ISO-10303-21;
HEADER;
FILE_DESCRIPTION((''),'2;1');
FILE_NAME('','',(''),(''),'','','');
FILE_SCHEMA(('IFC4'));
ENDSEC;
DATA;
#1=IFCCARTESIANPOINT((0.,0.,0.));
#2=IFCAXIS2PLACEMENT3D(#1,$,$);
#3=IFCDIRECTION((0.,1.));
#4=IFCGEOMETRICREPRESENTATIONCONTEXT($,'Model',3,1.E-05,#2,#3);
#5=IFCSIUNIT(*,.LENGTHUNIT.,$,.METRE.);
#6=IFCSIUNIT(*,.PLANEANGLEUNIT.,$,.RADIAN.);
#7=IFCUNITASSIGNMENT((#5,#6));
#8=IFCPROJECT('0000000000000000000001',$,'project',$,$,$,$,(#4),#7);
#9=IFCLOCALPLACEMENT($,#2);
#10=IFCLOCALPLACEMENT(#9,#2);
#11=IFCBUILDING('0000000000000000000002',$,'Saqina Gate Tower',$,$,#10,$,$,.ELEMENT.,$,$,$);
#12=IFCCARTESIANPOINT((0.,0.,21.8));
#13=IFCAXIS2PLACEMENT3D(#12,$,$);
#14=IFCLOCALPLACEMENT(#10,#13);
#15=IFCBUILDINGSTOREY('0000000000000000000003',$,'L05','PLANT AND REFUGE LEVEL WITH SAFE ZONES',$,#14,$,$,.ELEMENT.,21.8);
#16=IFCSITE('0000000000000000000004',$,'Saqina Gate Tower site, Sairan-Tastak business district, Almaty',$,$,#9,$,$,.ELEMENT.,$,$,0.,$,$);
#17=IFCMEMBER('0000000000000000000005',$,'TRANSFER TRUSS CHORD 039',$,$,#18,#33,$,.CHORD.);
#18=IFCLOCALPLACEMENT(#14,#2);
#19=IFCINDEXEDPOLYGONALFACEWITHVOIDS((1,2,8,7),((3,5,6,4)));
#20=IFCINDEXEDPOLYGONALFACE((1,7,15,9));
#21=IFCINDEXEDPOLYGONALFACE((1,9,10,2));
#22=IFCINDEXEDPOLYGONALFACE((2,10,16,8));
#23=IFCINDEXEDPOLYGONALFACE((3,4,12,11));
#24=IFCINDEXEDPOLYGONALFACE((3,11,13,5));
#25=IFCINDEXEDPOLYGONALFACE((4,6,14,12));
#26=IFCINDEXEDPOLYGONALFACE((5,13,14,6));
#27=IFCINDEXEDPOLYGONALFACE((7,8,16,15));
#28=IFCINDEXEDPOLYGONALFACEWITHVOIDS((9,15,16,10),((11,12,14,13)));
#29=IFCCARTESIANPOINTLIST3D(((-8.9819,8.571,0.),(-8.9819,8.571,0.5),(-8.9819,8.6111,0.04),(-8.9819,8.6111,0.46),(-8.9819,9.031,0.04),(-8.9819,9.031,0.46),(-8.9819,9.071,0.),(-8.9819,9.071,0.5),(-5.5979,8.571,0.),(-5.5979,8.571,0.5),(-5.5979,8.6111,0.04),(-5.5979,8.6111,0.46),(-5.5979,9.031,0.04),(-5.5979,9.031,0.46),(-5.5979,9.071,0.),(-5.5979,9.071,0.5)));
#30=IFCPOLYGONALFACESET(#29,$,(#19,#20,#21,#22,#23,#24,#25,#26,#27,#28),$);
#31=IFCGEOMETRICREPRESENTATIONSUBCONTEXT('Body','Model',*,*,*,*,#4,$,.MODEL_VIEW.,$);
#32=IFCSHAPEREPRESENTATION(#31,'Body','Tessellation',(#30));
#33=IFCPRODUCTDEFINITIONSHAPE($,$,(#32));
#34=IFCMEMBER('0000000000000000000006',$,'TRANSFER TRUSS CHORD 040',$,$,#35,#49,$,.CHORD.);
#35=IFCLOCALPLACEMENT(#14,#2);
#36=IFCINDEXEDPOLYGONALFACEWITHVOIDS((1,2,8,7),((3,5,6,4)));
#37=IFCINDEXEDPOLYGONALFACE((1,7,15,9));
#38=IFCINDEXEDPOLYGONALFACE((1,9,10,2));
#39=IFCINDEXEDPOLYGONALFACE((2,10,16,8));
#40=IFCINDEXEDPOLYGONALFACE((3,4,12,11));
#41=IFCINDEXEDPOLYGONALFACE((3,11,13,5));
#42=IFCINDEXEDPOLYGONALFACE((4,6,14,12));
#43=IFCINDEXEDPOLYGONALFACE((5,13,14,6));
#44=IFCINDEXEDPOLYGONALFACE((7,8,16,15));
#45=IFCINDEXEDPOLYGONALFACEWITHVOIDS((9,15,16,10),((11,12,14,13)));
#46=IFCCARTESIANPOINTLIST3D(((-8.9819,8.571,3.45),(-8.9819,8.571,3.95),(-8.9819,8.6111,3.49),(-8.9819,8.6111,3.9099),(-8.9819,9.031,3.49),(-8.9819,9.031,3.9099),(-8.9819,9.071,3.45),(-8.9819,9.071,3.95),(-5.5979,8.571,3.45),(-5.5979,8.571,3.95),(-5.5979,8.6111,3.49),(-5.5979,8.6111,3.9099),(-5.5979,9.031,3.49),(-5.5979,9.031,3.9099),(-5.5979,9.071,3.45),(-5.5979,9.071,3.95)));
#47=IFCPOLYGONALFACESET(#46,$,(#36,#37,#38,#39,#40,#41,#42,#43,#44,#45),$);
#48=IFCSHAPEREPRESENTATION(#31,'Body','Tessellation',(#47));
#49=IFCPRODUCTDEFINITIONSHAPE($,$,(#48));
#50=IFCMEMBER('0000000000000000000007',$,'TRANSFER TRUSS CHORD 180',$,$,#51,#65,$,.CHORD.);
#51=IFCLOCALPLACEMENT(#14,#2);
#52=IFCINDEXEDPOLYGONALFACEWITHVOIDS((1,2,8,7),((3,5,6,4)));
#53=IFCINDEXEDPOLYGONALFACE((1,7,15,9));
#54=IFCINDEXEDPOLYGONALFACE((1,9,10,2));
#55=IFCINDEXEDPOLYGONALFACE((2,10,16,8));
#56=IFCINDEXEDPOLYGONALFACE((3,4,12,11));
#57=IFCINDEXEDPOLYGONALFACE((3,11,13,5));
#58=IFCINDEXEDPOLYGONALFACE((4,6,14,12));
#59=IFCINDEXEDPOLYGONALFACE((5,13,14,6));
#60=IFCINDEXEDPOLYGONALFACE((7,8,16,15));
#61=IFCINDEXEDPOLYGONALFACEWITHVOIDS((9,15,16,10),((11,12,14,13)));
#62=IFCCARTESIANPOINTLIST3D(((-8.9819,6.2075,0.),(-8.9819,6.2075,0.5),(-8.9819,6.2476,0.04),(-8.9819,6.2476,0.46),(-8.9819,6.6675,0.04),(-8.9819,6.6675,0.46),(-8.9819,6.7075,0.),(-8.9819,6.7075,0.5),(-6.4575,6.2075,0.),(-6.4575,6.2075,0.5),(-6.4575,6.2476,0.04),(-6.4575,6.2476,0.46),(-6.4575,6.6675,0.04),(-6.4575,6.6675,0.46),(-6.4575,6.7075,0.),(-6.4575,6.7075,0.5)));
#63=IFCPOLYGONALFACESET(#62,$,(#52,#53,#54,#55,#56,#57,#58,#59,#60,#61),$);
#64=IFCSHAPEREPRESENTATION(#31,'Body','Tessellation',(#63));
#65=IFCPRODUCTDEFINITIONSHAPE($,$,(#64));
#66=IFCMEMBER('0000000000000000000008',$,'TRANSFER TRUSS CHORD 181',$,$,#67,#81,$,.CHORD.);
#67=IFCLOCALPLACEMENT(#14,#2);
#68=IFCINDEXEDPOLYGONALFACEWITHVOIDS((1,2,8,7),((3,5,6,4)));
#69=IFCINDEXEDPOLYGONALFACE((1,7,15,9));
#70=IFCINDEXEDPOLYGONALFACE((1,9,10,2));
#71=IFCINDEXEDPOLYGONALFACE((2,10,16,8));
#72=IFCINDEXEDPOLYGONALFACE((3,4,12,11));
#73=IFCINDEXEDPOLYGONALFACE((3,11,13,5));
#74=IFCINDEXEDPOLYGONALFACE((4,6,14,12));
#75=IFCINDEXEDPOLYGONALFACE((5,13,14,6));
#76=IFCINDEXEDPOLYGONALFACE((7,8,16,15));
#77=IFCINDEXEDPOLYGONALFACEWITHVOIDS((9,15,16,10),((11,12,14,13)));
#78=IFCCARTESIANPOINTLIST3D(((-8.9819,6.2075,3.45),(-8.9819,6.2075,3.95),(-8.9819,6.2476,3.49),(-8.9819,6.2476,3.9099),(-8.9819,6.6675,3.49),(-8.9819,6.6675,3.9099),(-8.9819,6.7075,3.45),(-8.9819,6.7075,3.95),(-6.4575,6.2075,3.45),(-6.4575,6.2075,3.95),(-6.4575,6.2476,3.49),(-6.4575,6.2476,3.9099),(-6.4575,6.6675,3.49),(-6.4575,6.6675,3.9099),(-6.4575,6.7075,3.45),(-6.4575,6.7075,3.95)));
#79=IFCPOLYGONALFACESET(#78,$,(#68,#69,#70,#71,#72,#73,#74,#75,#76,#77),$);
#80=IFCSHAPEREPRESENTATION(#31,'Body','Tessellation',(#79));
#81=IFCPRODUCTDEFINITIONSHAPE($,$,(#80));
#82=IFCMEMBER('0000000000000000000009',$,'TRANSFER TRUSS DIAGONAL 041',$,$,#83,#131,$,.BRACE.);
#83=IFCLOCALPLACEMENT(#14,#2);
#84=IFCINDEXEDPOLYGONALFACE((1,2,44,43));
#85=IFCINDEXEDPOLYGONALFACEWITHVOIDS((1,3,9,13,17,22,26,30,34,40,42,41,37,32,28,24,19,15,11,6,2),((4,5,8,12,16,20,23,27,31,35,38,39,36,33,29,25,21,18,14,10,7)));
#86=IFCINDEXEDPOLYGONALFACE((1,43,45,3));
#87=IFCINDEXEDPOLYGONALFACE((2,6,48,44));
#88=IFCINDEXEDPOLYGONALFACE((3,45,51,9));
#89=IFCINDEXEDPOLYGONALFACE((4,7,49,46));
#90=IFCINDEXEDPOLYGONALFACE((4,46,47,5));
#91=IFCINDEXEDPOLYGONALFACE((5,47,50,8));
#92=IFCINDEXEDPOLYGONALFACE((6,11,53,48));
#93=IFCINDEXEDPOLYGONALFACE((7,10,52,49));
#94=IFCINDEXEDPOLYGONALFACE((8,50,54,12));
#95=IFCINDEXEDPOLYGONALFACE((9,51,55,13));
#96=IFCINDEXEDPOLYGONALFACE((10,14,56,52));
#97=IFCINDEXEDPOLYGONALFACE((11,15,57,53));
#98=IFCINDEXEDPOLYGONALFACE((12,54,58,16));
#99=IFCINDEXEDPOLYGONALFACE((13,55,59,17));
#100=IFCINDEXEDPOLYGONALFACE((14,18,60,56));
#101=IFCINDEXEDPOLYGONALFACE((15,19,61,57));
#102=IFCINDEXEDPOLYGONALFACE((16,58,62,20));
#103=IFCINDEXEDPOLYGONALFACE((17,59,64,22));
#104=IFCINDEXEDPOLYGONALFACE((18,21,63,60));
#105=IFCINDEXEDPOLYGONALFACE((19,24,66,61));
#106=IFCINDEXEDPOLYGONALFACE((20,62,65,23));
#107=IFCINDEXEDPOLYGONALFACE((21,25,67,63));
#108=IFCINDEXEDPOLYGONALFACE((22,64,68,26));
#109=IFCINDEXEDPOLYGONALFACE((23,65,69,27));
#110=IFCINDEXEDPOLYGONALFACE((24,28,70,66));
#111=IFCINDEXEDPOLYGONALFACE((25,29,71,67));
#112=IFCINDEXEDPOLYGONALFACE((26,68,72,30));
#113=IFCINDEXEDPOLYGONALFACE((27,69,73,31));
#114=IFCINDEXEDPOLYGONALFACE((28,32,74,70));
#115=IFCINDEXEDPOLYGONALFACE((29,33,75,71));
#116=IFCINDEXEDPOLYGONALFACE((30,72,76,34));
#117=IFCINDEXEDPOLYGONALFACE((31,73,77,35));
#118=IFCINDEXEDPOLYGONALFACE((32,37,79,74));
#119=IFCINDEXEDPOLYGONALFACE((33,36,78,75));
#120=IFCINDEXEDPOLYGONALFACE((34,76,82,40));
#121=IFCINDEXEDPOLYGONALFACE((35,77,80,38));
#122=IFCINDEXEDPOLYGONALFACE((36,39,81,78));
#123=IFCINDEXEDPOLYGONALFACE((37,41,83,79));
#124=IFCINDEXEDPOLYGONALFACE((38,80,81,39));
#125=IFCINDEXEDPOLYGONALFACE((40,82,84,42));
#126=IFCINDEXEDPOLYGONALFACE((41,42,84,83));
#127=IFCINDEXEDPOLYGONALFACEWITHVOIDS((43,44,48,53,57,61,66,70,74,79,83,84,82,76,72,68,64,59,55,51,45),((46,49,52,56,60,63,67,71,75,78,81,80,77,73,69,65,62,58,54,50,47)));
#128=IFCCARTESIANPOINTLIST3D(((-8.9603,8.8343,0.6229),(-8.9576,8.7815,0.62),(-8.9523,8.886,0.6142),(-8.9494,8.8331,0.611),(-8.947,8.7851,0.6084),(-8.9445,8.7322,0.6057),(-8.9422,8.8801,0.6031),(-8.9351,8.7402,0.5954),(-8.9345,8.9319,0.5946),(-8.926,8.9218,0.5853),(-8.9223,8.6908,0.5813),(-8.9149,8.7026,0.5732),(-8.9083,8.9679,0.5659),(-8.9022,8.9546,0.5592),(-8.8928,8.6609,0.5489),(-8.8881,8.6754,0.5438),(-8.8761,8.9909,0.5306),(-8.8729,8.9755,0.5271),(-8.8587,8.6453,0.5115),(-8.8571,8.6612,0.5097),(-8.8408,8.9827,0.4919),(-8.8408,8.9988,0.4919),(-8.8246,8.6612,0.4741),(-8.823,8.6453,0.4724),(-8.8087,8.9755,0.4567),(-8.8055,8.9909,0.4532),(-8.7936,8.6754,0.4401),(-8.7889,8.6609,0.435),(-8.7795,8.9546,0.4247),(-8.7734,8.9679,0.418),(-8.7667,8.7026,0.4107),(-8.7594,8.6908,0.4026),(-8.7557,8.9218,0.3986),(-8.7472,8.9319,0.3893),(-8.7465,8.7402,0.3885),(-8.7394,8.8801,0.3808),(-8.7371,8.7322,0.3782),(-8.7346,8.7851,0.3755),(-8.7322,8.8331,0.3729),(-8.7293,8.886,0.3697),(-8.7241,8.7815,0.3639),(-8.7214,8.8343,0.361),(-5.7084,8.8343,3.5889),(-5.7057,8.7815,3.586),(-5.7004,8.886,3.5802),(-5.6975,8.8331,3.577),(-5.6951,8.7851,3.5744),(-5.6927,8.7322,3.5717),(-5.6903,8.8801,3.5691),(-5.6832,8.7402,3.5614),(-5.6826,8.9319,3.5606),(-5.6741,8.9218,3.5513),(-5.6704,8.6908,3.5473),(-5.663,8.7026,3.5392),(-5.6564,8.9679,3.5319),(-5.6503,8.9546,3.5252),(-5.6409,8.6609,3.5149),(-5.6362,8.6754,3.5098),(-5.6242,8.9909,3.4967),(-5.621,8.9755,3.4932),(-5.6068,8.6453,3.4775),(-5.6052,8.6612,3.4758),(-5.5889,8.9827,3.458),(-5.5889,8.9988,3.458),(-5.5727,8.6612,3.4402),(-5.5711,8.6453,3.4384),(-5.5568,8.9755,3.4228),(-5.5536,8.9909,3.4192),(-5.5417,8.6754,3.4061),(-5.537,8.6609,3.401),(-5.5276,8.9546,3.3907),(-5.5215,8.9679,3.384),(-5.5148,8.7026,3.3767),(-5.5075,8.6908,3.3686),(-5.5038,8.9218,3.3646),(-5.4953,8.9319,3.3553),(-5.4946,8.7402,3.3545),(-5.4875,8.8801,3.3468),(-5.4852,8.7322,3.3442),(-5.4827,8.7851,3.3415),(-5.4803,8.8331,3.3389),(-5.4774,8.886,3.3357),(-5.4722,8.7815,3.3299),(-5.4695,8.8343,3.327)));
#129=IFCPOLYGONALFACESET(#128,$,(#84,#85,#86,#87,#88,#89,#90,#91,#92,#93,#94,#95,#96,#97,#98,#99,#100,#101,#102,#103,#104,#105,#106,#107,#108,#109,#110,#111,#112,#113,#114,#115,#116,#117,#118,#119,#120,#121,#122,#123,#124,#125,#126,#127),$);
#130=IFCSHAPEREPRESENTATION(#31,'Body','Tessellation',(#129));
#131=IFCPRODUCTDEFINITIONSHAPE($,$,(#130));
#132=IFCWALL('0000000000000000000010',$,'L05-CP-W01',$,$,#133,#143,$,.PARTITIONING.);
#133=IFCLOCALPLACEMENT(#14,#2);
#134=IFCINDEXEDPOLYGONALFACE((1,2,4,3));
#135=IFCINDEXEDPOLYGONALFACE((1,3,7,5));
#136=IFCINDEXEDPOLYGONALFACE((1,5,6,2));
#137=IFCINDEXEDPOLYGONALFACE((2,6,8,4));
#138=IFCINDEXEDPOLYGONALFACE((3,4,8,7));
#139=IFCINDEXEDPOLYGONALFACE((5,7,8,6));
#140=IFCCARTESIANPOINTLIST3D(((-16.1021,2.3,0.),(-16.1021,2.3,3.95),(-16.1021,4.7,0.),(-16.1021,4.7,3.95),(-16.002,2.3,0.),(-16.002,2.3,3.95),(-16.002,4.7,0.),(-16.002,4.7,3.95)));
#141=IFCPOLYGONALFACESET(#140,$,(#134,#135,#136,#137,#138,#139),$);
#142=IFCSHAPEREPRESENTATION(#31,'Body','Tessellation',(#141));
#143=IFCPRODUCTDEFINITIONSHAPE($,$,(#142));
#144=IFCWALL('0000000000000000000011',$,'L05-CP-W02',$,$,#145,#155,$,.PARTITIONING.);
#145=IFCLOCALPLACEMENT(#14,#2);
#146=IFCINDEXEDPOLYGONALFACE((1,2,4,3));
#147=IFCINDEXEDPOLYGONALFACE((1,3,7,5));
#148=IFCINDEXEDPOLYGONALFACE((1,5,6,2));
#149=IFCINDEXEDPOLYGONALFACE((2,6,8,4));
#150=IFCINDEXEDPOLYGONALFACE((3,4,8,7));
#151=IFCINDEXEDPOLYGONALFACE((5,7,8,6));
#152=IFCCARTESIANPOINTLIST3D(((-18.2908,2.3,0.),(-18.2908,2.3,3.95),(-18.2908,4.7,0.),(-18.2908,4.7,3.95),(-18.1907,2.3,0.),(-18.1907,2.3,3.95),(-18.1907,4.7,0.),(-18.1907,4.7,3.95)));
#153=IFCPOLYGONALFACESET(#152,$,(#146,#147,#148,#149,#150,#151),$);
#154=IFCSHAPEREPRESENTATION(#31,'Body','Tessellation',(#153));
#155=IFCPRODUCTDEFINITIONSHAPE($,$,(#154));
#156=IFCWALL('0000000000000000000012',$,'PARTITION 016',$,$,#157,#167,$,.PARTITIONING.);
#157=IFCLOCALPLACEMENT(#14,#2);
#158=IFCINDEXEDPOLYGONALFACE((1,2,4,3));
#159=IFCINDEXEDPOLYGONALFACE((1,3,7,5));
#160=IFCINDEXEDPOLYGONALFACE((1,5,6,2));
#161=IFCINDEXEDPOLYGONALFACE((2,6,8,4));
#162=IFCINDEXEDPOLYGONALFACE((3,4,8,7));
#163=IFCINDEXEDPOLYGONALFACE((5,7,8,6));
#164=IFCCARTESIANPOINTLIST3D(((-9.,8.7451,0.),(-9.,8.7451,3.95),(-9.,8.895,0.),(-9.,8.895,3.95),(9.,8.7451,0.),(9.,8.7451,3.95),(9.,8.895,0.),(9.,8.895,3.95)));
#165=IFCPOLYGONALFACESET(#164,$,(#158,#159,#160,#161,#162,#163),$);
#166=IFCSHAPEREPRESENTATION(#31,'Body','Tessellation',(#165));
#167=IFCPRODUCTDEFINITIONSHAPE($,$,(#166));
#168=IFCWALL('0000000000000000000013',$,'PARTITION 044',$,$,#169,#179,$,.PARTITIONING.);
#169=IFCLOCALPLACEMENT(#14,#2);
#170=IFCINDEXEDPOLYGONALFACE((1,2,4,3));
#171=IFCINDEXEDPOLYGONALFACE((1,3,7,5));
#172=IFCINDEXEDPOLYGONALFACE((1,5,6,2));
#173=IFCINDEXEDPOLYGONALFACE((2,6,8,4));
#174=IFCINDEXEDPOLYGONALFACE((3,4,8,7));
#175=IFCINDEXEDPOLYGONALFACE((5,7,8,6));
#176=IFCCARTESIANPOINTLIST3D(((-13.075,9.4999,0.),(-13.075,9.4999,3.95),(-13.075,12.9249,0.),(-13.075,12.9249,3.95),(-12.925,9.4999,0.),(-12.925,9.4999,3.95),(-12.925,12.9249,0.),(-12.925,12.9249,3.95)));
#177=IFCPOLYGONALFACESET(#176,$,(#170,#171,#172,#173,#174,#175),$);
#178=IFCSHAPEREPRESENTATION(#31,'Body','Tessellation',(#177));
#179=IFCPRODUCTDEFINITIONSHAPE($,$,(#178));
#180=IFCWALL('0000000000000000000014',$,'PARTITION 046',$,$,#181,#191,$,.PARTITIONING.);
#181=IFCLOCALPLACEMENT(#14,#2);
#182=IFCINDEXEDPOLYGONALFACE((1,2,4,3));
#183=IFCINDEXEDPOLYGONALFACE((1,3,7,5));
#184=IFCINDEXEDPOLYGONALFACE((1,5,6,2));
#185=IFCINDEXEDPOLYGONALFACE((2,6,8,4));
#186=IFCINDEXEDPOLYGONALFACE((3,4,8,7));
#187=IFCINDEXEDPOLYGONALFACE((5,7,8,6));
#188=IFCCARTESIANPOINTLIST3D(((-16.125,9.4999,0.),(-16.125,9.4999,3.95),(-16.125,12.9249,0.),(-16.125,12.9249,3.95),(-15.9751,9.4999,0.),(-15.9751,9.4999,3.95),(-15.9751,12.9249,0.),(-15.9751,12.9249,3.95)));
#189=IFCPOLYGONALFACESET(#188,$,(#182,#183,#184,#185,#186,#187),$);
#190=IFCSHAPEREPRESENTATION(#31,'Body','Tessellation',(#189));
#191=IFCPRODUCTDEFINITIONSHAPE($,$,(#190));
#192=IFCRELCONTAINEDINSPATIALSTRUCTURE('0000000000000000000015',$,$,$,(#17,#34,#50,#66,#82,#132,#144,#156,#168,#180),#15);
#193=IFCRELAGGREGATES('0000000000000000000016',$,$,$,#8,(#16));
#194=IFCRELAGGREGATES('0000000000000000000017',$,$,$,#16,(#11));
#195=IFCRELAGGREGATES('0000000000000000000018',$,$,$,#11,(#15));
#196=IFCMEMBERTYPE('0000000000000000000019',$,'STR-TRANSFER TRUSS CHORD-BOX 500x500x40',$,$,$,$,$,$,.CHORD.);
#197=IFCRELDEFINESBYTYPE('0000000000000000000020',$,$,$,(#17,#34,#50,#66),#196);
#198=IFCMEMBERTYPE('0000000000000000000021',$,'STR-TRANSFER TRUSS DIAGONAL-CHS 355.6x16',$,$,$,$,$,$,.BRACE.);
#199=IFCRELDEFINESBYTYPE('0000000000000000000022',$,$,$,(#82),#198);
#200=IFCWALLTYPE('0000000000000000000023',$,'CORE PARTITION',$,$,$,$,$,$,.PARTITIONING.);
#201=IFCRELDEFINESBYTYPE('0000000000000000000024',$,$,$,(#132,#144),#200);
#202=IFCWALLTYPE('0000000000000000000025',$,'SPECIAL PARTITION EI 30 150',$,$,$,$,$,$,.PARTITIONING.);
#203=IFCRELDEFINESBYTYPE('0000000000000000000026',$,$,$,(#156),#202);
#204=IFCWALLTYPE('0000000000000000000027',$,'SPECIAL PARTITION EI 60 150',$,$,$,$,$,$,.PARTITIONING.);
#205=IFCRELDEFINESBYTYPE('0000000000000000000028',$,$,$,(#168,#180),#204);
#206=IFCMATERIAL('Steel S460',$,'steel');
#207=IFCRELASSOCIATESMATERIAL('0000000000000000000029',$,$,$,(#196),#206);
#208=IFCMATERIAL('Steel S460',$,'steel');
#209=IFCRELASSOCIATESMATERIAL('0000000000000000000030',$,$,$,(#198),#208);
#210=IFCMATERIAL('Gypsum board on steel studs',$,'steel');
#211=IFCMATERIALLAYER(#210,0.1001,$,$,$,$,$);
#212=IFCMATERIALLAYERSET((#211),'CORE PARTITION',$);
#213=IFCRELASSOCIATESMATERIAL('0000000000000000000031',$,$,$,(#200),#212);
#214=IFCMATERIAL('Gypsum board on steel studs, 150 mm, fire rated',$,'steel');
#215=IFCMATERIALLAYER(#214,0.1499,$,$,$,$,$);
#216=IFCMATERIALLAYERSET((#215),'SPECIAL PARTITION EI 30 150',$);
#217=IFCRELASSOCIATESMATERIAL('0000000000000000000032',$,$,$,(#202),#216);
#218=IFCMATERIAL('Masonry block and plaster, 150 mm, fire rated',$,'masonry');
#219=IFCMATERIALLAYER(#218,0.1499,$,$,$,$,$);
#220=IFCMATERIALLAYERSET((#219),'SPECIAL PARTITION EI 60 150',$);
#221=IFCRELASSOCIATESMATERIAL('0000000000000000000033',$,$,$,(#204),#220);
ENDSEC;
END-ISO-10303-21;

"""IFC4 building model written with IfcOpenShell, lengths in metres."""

from ifc_helpers import new_model, si_unit, direction, frame, frame_2d, origin, origin_2d, place, context, subcontext, project, spatial, rectangle, hollow_rectangle, hollow_circle, extrude, material, layer, layer_set, material_profile, profile_set, type_object, element, save


model = new_model("IFC4")

# Units and contexts
model_context = context("Model", 3, precision=1e-05, world=origin(), true_north=direction((0.0, 1.0)))
body_context = subcontext(model_context, "Body", "Model", "MODEL_VIEW")
ifc_project = project(units=[si_unit("LENGTHUNIT", "METRE"), si_unit("PLANEANGLEUNIT", "RADIAN")], contexts=[model_context])

# Site, building, storey
site_placement = place(None, origin())
site = spatial("IfcSite", under=ifc_project, at=site_placement, Name="Saqina Gate Tower site, Sairan-Tastak business district, Almaty", CompositionType="ELEMENT", RefElevation=0.0)
building_placement = place(site_placement, origin())
building = spatial("IfcBuilding", under=site, at=building_placement, Name="Saqina Gate Tower", CompositionType="ELEMENT")
storey_placement = place(building_placement, frame((0.0, 0.0, 21.8)))
storey = spatial("IfcBuildingStorey", under=building, at=storey_placement, Name="L05", Description="PLANT AND REFUGE LEVEL WITH SAFE ZONES", CompositionType="ELEMENT", Elevation=21.8)

# Members
ifc_material_1 = material(Name="Steel S460", Category="steel")
ifc_material_profile_1 = material_profile(ifc_material_1, hollow_rectangle(XDim=0.5, YDim=0.5, WallThickness=0.04, at=origin_2d()), Name="BOX 500x500x40")
ifc_profile_set_1 = profile_set([ifc_material_profile_1], Name="Steel S460")
member_type_1 = type_object("IfcMemberType", Name="STR-TRANSFER TRUSS CHORD-BOX 500x500x40", PredefinedType="CHORD", material=ifc_profile_set_1)
for number, where, z_axis, x_axis, name in (
    (1, (-8.9819, 8.821, 0.25), (1.0, 0.0, 0.0), (0.0, 1.0, 0.0), "TRANSFER TRUSS CHORD 039"),
    (2, (-8.9819, 8.821, 3.7), (1.0, 0.0, 0.0), (0.0, 1.0, 0.0), "TRANSFER TRUSS CHORD 040"),
):
    element("IfcMember", number, at=place(storey_placement, frame(where, z_axis=z_axis, x_axis=x_axis)), inside=storey, type_object=member_type_1, Name=name, PredefinedType="CHORD", context=body_context, shape_type="SweptSolid", body=[
        extrude(hollow_rectangle(XDim=0.5, YDim=0.5, WallThickness=0.04, at=origin_2d()), origin(), (0.0, 0.0, 1.0), 3.384),
    ])
for number, where, z_axis, x_axis, name in (
    (3, (-8.9819, 6.4575, 0.25), (1.0, 0.0, 0.0), (0.0, 1.0, 0.0), "TRANSFER TRUSS CHORD 180"),
    (4, (-8.9819, 6.4575, 3.7), (1.0, 0.0, 0.0), (0.0, 1.0, 0.0), "TRANSFER TRUSS CHORD 181"),
):
    element("IfcMember", number, at=place(storey_placement, frame(where, z_axis=z_axis, x_axis=x_axis)), inside=storey, type_object=member_type_1, Name=name, PredefinedType="CHORD", context=body_context, shape_type="SweptSolid", body=[
        extrude(hollow_rectangle(XDim=0.5, YDim=0.5, WallThickness=0.04, at=origin_2d()), origin(), (0.0, 0.0, 1.0), 2.5244),
    ])
ifc_material_2 = material(Name="Steel S460", Category="steel")
ifc_material_profile_2 = material_profile(ifc_material_2, hollow_circle(Radius=0.1777, WallThickness=0.0161, at=origin_2d()), Name="CHS 355.6x16")
ifc_profile_set_2 = profile_set([ifc_material_profile_2], Name="Steel S460")
member_type_2 = type_object("IfcMemberType", Name="STR-TRANSFER TRUSS DIAGONAL-CHS 355.6x16", PredefinedType="BRACE", material=ifc_profile_set_2)
member_placement = place(storey_placement, frame((-8.8408, 8.821, 0.4919), z_axis=(0.738837, 0.0, 0.673884), x_axis=(0.0, 1.0, 0.0)))
element("IfcMember", 5, at=member_placement, inside=storey, type_object=member_type_2, Name="TRANSFER TRUSS DIAGONAL 041", PredefinedType="BRACE", context=body_context, shape_type="SweptSolid", body=[
    extrude(hollow_circle(Radius=0.1777, WallThickness=0.0161, at=origin_2d()), origin(), (0.0, 0.0, 1.0), 4.4014),
])

# Walls
ifc_material_3 = material(Name="Gypsum board on steel studs", Category="steel")
ifc_layer_1 = layer(ifc_material_3, 0.1001)
ifc_layer_set_1 = layer_set([ifc_layer_1], Name="CORE PARTITION")
wall_type_1 = type_object("IfcWallType", Name="CORE PARTITION", PredefinedType="PARTITIONING", material=ifc_layer_set_1)
for number, where, z_axis, x_axis, name in (
    (6, (-16.052, 2.3, 0.0), (0.0, 0.0, 1.0), (0.0, 1.0, 0.0), "L05-CP-W01"),
    (7, (-18.2407, 2.3, 0.0), (0.0, 0.0, 1.0), (0.0, 1.0, 0.0), "L05-CP-W02"),
):
    element("IfcWall", number, at=place(storey_placement, frame(where, z_axis=z_axis, x_axis=x_axis)), inside=storey, type_object=wall_type_1, Name=name, PredefinedType="PARTITIONING", context=body_context, shape_type="SweptSolid", body=[
        extrude(rectangle(XDim=2.3999, YDim=0.1001, at=frame_2d((1.2, 0.0))), origin(), (0.0, 0.0, 1.0), 3.95),
    ])
ifc_material_4 = material(Name="Gypsum board on steel studs, 150 mm, fire rated", Category="steel")
ifc_layer_2 = layer(ifc_material_4, 0.1499)
ifc_layer_set_2 = layer_set([ifc_layer_2], Name="SPECIAL PARTITION EI 30 150")
wall_type_2 = type_object("IfcWallType", Name="SPECIAL PARTITION EI 30 150", PredefinedType="PARTITIONING", material=ifc_layer_set_2)
wall_1_placement = place(storey_placement, frame((-9.0, 8.8201, 0.0), z_axis=(0.0, 0.0, 1.0), x_axis=(1.0, 0.0, 0.0)))
element("IfcWall", 8, at=wall_1_placement, inside=storey, type_object=wall_type_2, Name="PARTITION 016", PredefinedType="PARTITIONING", context=body_context, shape_type="SweptSolid", body=[
    extrude(rectangle(XDim=18.0, YDim=0.1499, at=frame_2d((9.0, 0.0))), origin(), (0.0, 0.0, 1.0), 3.95),
])
ifc_material_5 = material(Name="Masonry block and plaster, 150 mm, fire rated", Category="masonry")
ifc_layer_3 = layer(ifc_material_5, 0.1499)
ifc_layer_set_3 = layer_set([ifc_layer_3], Name="SPECIAL PARTITION EI 60 150")
wall_type_3 = type_object("IfcWallType", Name="SPECIAL PARTITION EI 60 150", PredefinedType="PARTITIONING", material=ifc_layer_set_3)
for number, where, z_axis, x_axis, name in (
    (9, (-13.0, 9.5, 0.0), (0.0, 0.0, 1.0), (0.0, 1.0, 0.0), "PARTITION 044"),
    (10, (-16.05, 9.5, 0.0), (0.0, 0.0, 1.0), (0.0, 1.0, 0.0), "PARTITION 046"),
):
    element("IfcWall", number, at=place(storey_placement, frame(where, z_axis=z_axis, x_axis=x_axis)), inside=storey, type_object=wall_type_3, Name=name, PredefinedType="PARTITIONING", context=body_context, shape_type="SweptSolid", body=[
        extrude(rectangle(XDim=3.425, YDim=0.1499, at=frame_2d((1.7124, 0.0))), origin(), (0.0, 0.0, 1.0), 3.95),
    ])

save(model, "model.ifc")
